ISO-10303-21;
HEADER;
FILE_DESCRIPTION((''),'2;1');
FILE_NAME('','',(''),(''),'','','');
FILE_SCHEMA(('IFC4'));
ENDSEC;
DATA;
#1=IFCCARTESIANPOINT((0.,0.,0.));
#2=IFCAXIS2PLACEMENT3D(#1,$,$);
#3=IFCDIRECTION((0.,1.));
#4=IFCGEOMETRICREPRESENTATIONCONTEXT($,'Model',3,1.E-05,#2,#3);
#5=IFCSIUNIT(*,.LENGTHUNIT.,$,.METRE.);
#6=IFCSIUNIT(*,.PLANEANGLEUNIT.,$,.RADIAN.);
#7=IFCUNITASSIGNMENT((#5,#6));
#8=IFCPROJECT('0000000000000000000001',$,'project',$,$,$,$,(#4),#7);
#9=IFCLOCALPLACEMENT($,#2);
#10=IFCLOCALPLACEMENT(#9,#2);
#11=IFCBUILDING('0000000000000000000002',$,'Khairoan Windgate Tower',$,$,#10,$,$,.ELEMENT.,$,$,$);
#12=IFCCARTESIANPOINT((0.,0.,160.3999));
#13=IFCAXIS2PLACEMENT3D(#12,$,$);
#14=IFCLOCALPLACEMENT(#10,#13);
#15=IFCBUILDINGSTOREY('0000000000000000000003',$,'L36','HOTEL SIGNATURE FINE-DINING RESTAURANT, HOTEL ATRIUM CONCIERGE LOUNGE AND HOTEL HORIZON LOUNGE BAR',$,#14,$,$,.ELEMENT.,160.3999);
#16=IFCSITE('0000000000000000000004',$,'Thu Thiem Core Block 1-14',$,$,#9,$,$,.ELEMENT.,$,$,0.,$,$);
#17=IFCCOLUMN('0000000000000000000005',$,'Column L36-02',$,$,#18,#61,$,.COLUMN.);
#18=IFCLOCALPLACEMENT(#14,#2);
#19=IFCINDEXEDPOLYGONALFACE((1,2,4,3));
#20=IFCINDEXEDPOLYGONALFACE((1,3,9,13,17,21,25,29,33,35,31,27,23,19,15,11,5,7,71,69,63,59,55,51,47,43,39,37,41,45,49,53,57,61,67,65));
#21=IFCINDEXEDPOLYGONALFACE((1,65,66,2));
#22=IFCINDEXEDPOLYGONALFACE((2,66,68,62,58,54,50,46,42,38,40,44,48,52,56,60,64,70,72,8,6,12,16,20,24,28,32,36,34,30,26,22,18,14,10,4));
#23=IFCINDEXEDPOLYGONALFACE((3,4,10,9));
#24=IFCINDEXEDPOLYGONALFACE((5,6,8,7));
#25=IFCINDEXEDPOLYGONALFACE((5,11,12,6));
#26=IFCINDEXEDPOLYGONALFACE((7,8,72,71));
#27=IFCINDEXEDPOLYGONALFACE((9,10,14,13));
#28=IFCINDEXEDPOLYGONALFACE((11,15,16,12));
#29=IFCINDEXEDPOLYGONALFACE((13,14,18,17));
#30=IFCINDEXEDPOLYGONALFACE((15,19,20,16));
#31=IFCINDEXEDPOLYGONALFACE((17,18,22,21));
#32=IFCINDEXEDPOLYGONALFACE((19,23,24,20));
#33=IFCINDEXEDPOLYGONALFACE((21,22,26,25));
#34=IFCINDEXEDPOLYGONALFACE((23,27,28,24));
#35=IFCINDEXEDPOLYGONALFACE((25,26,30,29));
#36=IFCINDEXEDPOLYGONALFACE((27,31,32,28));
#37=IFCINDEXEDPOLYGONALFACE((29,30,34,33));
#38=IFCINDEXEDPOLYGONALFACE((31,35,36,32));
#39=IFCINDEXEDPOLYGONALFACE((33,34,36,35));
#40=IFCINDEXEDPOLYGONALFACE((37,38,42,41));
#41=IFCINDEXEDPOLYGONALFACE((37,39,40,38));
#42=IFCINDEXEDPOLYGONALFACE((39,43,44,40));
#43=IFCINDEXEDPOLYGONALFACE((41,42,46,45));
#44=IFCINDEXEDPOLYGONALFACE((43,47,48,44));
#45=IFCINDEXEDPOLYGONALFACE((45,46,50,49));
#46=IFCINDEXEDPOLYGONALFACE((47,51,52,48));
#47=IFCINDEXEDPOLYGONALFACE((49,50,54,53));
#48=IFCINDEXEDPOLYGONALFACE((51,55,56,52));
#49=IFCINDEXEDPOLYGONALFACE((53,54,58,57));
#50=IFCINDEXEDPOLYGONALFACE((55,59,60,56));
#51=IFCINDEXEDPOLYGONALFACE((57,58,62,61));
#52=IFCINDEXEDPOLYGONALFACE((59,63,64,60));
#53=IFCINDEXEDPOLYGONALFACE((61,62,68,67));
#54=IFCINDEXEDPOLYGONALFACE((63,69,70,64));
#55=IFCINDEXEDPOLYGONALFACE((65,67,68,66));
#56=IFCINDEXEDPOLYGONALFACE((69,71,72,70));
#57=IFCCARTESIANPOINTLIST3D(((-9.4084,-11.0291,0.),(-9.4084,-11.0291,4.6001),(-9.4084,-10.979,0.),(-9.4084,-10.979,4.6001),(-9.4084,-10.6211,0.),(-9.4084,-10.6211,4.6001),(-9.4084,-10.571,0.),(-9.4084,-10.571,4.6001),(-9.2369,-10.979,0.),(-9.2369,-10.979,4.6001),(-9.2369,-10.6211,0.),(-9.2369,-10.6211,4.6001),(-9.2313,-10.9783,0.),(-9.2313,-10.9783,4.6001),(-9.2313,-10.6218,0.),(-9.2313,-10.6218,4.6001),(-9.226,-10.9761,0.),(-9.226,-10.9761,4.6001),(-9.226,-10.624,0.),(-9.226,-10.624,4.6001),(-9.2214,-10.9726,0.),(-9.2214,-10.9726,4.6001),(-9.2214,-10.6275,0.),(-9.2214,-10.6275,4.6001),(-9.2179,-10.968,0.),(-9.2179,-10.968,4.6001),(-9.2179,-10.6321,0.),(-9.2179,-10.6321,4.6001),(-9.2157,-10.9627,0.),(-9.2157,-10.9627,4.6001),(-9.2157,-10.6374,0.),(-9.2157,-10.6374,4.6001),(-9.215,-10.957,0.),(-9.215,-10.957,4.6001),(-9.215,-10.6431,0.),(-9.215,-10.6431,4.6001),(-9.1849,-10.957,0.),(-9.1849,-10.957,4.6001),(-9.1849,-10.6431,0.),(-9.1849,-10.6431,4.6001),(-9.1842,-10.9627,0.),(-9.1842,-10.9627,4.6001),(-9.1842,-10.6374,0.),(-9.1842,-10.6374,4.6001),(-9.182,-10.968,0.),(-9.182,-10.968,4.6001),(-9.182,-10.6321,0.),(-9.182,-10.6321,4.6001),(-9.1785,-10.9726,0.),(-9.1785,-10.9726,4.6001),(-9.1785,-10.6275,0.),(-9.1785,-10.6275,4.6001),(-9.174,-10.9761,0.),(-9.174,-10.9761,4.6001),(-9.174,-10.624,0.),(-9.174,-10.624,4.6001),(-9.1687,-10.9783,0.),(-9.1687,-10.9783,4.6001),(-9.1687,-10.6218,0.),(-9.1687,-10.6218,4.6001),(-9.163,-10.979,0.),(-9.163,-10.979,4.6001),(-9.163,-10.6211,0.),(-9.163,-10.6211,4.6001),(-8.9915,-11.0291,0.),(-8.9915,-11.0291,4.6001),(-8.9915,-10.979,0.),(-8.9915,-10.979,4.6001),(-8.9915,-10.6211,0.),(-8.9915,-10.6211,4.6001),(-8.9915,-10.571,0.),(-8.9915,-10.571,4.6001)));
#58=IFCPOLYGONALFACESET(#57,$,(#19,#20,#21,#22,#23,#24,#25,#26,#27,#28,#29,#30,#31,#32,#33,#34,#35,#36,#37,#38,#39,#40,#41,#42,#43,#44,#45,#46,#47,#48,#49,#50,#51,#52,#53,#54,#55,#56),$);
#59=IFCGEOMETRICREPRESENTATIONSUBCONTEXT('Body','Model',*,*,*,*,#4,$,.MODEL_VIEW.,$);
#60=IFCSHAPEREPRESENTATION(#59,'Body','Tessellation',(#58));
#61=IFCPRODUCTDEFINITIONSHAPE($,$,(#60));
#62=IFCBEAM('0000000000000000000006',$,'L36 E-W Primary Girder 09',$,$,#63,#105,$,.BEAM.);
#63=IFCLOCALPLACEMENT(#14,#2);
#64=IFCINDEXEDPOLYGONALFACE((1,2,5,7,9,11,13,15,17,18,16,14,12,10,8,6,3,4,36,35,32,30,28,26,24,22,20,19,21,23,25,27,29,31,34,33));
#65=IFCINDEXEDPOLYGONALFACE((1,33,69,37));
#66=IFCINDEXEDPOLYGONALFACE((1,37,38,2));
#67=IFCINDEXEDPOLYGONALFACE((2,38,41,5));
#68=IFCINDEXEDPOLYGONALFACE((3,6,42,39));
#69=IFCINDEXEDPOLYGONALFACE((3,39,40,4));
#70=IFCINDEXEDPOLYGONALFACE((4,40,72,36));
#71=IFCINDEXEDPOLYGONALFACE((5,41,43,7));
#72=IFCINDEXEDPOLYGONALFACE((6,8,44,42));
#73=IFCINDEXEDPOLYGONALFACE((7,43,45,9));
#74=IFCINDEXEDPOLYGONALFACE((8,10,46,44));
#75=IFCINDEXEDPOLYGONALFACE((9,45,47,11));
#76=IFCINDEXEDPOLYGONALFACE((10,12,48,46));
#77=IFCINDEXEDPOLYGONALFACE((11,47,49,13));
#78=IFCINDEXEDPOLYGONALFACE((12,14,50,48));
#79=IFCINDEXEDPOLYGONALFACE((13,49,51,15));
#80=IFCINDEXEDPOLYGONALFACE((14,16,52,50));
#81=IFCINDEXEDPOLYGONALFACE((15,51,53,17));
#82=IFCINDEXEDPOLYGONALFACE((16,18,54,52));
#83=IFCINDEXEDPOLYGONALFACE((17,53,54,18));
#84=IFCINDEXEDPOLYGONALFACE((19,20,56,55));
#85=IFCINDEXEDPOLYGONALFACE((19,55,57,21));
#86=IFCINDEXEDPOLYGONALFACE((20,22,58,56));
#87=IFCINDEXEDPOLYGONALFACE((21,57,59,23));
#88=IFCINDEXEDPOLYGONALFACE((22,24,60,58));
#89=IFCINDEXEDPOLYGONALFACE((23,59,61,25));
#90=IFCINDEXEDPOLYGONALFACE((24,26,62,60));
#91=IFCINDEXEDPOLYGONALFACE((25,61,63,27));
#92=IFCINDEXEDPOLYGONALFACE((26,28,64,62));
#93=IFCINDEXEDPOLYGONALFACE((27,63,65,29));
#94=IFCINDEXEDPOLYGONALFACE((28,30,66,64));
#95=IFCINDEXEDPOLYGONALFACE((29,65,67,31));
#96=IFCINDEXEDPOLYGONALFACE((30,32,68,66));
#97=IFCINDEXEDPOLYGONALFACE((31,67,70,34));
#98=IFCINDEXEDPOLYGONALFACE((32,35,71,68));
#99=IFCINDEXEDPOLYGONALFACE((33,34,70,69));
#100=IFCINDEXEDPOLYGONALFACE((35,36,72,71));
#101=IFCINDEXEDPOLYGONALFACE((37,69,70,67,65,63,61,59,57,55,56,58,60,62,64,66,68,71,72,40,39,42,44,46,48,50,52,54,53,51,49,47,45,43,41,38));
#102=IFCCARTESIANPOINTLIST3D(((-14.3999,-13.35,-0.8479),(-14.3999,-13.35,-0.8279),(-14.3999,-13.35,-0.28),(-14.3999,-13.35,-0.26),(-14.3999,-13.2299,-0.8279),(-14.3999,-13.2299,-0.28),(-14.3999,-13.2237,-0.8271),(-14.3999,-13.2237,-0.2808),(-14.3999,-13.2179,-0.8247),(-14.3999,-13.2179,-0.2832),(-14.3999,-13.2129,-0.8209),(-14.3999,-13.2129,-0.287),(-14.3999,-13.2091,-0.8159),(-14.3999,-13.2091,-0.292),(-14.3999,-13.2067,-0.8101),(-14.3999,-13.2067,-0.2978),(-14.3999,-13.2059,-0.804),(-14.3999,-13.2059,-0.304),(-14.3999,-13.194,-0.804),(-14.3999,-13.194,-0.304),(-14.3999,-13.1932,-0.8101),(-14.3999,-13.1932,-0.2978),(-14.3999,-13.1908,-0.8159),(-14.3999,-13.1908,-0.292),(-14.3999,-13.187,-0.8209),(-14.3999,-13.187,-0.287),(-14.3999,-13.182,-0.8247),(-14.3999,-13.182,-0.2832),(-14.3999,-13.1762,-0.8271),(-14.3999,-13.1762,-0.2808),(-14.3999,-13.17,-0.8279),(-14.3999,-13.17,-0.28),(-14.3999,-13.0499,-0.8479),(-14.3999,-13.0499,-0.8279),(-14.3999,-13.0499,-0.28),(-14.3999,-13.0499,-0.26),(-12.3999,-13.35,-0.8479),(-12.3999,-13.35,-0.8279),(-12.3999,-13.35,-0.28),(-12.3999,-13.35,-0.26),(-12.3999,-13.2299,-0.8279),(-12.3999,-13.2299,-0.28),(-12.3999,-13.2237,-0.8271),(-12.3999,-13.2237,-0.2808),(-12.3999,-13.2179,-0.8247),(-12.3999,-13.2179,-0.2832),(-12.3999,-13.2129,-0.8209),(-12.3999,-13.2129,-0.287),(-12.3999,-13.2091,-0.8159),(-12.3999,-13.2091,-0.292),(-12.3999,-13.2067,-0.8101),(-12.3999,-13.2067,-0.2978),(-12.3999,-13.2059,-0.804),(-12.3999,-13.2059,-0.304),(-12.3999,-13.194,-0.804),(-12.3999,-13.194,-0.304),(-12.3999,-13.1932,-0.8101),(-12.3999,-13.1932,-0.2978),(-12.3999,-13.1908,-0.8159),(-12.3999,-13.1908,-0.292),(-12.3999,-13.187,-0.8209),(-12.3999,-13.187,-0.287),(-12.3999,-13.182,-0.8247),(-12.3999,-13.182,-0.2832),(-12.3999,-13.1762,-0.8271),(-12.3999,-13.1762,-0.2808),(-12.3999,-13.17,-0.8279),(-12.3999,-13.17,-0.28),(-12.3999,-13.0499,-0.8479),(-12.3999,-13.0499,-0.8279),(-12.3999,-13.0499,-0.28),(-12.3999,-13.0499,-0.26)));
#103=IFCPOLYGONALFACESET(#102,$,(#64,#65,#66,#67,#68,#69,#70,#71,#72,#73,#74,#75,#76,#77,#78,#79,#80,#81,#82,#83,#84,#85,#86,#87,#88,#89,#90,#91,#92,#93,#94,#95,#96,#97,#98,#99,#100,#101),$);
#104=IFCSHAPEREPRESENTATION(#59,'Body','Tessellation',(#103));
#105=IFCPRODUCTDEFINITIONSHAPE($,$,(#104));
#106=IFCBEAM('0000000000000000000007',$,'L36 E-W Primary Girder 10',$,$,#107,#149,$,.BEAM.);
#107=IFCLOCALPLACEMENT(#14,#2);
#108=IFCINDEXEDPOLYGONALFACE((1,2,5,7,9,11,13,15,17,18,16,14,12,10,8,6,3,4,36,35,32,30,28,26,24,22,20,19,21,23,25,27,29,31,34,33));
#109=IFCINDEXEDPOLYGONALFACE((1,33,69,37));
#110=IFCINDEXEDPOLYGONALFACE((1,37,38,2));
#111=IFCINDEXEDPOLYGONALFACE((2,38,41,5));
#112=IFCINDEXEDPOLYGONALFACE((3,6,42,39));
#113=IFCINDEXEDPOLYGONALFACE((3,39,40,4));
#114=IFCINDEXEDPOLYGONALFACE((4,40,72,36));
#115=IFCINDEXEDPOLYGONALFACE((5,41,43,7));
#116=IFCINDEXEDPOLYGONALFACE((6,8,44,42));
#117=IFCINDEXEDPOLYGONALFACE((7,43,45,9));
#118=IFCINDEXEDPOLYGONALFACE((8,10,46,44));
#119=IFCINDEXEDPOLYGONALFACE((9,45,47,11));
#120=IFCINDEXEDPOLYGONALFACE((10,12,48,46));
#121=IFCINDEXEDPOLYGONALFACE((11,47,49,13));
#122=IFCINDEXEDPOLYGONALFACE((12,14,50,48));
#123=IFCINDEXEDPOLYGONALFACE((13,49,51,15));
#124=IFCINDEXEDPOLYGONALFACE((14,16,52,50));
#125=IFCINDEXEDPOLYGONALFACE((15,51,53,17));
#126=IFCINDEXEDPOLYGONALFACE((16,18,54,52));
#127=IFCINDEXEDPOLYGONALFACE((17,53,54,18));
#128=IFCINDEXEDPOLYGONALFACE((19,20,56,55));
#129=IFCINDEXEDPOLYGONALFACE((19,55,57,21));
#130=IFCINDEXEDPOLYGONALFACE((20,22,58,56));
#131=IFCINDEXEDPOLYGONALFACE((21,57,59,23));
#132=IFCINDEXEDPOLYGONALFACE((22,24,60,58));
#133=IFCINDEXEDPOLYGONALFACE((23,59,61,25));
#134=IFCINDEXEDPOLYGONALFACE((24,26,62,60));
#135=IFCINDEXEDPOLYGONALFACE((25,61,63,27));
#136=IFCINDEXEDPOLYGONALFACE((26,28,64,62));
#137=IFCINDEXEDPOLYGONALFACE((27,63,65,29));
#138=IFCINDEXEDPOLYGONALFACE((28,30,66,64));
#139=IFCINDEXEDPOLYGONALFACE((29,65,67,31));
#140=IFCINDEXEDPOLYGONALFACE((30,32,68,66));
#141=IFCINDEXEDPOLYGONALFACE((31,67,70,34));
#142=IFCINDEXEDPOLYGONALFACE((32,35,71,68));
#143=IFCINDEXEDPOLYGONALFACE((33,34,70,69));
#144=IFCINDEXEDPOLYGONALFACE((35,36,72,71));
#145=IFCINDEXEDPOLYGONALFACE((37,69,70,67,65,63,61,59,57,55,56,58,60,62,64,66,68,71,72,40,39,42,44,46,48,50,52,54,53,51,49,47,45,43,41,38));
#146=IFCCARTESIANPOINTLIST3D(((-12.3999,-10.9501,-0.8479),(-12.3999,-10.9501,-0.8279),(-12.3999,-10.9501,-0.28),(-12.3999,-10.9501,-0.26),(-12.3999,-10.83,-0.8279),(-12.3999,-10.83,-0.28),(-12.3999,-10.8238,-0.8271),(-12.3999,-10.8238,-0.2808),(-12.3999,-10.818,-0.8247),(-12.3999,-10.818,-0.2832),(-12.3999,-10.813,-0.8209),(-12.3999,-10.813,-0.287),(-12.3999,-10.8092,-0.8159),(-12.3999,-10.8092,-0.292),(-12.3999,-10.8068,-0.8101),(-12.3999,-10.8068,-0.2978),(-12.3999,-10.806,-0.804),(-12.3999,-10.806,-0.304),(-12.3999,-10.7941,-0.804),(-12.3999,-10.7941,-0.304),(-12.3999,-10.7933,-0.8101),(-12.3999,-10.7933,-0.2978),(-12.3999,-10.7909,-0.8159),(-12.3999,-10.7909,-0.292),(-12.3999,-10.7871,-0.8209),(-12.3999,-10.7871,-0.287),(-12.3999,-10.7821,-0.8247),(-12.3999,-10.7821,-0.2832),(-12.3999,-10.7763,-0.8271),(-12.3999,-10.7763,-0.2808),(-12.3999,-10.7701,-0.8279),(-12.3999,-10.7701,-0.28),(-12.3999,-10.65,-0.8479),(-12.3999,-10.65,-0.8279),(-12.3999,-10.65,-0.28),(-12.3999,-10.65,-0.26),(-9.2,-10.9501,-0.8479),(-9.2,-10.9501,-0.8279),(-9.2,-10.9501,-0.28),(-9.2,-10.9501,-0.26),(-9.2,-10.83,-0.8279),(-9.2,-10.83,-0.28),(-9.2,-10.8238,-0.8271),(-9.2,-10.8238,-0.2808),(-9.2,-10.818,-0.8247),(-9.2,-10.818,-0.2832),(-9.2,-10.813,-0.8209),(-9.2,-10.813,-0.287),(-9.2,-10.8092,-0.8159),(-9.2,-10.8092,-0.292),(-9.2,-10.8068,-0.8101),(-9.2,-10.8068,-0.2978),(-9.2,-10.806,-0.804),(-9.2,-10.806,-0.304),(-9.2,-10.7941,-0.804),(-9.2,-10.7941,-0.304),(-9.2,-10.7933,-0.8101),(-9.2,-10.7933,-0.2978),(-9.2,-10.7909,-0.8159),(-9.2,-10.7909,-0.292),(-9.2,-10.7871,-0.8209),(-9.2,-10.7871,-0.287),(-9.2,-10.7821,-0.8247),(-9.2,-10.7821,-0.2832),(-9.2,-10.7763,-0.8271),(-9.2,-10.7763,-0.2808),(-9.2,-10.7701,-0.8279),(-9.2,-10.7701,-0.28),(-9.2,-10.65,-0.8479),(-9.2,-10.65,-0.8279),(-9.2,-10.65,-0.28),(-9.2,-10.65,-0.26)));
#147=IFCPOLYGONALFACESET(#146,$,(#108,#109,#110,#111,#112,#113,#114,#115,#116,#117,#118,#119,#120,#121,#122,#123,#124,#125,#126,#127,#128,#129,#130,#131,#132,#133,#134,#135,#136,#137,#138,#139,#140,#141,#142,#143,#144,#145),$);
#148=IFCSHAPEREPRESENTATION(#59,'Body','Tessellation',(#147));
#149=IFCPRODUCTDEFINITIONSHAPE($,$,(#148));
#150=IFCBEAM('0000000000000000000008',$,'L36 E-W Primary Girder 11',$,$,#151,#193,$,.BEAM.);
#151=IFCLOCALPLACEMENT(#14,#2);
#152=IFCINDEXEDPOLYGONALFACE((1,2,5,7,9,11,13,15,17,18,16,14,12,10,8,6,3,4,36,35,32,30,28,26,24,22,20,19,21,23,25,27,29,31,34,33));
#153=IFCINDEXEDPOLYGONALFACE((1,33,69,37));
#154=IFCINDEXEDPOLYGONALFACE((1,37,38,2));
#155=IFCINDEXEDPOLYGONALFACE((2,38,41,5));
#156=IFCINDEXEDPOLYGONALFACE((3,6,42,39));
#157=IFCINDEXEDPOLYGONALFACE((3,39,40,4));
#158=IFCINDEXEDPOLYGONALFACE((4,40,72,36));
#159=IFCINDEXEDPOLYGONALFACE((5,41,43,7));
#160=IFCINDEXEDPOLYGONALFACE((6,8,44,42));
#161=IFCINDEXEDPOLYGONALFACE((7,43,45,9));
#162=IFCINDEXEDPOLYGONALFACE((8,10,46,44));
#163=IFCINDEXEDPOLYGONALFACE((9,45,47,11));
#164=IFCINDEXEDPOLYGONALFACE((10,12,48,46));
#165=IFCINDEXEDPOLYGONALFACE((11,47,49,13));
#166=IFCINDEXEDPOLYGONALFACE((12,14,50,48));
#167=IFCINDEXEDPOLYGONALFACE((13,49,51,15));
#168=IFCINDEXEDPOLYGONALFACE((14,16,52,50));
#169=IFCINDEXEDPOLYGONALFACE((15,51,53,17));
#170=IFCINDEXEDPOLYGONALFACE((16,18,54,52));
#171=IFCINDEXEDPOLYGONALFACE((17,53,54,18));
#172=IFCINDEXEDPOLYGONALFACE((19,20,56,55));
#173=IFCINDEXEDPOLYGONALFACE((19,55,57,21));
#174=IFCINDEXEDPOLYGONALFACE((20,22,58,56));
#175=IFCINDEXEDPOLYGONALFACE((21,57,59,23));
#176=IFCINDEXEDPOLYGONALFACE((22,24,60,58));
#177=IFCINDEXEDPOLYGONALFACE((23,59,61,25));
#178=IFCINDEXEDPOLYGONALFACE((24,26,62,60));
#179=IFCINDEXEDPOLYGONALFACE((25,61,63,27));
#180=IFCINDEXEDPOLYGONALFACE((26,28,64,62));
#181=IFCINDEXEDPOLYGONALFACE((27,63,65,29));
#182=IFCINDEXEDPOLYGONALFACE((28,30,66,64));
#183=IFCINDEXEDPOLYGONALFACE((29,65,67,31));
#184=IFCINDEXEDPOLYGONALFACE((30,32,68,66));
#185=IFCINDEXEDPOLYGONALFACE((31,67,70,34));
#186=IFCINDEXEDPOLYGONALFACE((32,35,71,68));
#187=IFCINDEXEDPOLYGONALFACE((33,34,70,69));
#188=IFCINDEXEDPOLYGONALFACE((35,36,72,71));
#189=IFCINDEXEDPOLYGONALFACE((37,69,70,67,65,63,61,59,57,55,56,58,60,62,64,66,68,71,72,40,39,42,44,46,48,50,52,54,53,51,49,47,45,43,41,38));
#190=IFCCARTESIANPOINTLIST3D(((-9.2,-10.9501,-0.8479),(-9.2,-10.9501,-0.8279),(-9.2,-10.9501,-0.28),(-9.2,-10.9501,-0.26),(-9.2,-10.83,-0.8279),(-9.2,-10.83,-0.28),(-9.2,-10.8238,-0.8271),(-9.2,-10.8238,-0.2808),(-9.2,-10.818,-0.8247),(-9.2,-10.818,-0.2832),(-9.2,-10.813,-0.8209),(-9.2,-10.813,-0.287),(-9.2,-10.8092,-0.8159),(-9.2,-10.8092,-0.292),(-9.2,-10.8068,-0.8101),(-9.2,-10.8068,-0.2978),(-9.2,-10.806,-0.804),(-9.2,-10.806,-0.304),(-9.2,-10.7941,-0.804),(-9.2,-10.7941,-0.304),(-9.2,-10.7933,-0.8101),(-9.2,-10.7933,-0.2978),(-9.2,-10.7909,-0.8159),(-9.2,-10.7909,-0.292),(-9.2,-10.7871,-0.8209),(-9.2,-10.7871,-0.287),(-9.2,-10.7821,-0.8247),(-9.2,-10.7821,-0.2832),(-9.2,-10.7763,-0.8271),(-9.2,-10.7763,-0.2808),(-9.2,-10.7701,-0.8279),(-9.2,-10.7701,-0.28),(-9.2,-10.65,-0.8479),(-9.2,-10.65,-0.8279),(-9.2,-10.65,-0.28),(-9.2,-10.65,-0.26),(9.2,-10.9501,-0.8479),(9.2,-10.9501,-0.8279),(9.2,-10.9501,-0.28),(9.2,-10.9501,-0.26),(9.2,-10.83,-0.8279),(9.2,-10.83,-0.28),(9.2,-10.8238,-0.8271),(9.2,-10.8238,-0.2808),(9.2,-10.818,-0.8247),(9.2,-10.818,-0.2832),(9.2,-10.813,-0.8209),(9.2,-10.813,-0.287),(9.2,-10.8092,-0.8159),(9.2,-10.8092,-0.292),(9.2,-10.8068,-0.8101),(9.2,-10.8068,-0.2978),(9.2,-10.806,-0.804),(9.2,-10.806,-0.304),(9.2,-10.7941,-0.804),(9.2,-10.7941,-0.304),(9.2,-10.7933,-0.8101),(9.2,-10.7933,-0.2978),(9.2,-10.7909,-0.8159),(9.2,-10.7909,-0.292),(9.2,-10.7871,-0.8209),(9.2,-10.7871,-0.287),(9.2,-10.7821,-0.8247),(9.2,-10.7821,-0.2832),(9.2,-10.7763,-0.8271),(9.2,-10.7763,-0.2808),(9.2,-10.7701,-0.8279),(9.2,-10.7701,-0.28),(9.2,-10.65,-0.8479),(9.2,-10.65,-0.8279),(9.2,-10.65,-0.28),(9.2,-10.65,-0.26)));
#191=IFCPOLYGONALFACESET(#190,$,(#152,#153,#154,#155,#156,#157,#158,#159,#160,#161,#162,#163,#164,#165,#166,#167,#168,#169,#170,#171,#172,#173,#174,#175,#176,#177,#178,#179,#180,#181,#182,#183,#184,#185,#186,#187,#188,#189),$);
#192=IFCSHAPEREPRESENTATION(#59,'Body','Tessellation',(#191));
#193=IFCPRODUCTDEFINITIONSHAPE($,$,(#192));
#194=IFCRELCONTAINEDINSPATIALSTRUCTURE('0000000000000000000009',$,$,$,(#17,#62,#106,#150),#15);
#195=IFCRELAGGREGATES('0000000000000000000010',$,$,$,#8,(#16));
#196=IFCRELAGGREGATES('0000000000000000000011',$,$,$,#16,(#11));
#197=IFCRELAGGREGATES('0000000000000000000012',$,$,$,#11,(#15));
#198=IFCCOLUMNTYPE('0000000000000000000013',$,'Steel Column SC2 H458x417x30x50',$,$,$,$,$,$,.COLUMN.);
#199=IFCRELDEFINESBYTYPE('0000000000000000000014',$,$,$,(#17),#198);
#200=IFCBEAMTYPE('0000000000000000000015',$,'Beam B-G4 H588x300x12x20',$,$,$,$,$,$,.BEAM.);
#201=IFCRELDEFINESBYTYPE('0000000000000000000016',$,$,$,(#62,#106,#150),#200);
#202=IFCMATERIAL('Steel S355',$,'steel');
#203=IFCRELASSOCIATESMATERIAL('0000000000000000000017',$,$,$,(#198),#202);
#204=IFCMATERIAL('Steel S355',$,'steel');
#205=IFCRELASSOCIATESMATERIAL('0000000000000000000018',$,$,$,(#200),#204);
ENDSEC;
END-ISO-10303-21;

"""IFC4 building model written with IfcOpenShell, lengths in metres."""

from ifc_helpers import new_model, si_unit, direction, frame, origin, origin_2d, place, context, subcontext, project, spatial, i_section, extrude, material, material_profile, profile_set, type_object, element, save


model = new_model("IFC4")

# Units and contexts
model_context = context("Model", 3, precision=1e-05, world=origin(), true_north=direction((0.0, 1.0)))
body_context = subcontext(model_context, "Body", "Model", "MODEL_VIEW")
ifc_project = project(units=[si_unit("LENGTHUNIT", "METRE"), si_unit("PLANEANGLEUNIT", "RADIAN")], contexts=[model_context])

# Site, building, storey
site_placement = place(None, origin())
site = spatial("IfcSite", under=ifc_project, at=site_placement, Name="Thu Thiem Core Block 1-14", CompositionType="ELEMENT", RefElevation=0.0)
building_placement = place(site_placement, origin())
building = spatial("IfcBuilding", under=site, at=building_placement, Name="Khairoan Windgate Tower", CompositionType="ELEMENT")
storey_placement = place(building_placement, frame((0.0, 0.0, 160.3999)))
storey = spatial("IfcBuildingStorey", under=building, at=storey_placement, Name="L36", Description="HOTEL SIGNATURE FINE-DINING RESTAURANT, HOTEL ATRIUM CONCIERGE LOUNGE AND HOTEL HORIZON LOUNGE BAR", CompositionType="ELEMENT", Elevation=160.3999)

# Column
ifc_material_1 = material(Name="Steel S355", Category="steel")
ifc_material_profile_1 = material_profile(ifc_material_1, i_section(OverallWidth=0.417, OverallDepth=0.458, WebThickness=0.03, FlangeThickness=0.05, FilletRadius=0.022, at=origin_2d()))
ifc_profile_set_1 = profile_set([ifc_material_profile_1], Name="Steel S355")
column_type = type_object("IfcColumnType", Name="Steel Column SC2 H458x417x30x50", PredefinedType="COLUMN", material=ifc_profile_set_1)
column_placement = place(storey_placement, frame((-9.2, -10.8, 0.0), z_axis=(0.0, 0.0, 1.0), x_axis=(1.0, 0.0, 0.0)))
element("IfcColumn", 1, at=column_placement, inside=storey, type_object=column_type, Name="Column L36-02", PredefinedType="COLUMN", context=body_context, shape_type="SweptSolid", body=[
    extrude(i_section(OverallWidth=0.417, OverallDepth=0.458, WebThickness=0.03, FlangeThickness=0.05, FilletRadius=0.022, at=origin_2d()), origin(), (0.0, 0.0, 1.0), 4.6001),
])

# Beams
ifc_material_2 = material(Name="Steel S355", Category="steel")
ifc_material_profile_2 = material_profile(ifc_material_2, i_section(OverallWidth=0.3, OverallDepth=0.5879, WebThickness=0.012, FlangeThickness=0.02, FilletRadius=0.0239, at=origin_2d()))
ifc_profile_set_2 = profile_set([ifc_material_profile_2], Name="Steel S355")
beam_type_1 = type_object("IfcBeamType", Name="Beam B-G4 H588x300x12x20", PredefinedType="BEAM", material=ifc_profile_set_2)
beam_1_placement = place(storey_placement, frame((-14.3999, -13.2, -0.554), z_axis=(1.0, 0.0, 0.0), x_axis=(0.0, 1.0, 0.0)))
element("IfcBeam", 2, at=beam_1_placement, inside=storey, type_object=beam_type_1, Name="L36 E-W Primary Girder 09", PredefinedType="BEAM", context=body_context, shape_type="SweptSolid", body=[
    extrude(i_section(OverallWidth=0.3, OverallDepth=0.5879, WebThickness=0.012, FlangeThickness=0.02, FilletRadius=0.0239, at=origin_2d()), origin(), (0.0, 0.0, 1.0), 2.0),
])
beam_2_placement = place(storey_placement, frame((-12.3999, -10.8, -0.554), z_axis=(1.0, 0.0, 0.0), x_axis=(0.0, 1.0, 0.0)))
element("IfcBeam", 3, at=beam_2_placement, inside=storey, type_object=beam_type_1, Name="L36 E-W Primary Girder 10", PredefinedType="BEAM", context=body_context, shape_type="SweptSolid", body=[
    extrude(i_section(OverallWidth=0.3, OverallDepth=0.5879, WebThickness=0.012, FlangeThickness=0.02, FilletRadius=0.0239, at=origin_2d()), origin(), (0.0, 0.0, 1.0), 3.2),
])
beam_3_placement = place(storey_placement, frame((-9.2, -10.8, -0.554), z_axis=(1.0, 0.0, 0.0), x_axis=(0.0, 1.0, 0.0)))
element("IfcBeam", 4, at=beam_3_placement, inside=storey, type_object=beam_type_1, Name="L36 E-W Primary Girder 11", PredefinedType="BEAM", context=body_context, shape_type="SweptSolid", body=[
    extrude(i_section(OverallWidth=0.3, OverallDepth=0.5879, WebThickness=0.012, FlangeThickness=0.02, FilletRadius=0.0239, at=origin_2d()), origin(), (0.0, 0.0, 1.0), 18.3999),
])

save(model, "model.ifc")
